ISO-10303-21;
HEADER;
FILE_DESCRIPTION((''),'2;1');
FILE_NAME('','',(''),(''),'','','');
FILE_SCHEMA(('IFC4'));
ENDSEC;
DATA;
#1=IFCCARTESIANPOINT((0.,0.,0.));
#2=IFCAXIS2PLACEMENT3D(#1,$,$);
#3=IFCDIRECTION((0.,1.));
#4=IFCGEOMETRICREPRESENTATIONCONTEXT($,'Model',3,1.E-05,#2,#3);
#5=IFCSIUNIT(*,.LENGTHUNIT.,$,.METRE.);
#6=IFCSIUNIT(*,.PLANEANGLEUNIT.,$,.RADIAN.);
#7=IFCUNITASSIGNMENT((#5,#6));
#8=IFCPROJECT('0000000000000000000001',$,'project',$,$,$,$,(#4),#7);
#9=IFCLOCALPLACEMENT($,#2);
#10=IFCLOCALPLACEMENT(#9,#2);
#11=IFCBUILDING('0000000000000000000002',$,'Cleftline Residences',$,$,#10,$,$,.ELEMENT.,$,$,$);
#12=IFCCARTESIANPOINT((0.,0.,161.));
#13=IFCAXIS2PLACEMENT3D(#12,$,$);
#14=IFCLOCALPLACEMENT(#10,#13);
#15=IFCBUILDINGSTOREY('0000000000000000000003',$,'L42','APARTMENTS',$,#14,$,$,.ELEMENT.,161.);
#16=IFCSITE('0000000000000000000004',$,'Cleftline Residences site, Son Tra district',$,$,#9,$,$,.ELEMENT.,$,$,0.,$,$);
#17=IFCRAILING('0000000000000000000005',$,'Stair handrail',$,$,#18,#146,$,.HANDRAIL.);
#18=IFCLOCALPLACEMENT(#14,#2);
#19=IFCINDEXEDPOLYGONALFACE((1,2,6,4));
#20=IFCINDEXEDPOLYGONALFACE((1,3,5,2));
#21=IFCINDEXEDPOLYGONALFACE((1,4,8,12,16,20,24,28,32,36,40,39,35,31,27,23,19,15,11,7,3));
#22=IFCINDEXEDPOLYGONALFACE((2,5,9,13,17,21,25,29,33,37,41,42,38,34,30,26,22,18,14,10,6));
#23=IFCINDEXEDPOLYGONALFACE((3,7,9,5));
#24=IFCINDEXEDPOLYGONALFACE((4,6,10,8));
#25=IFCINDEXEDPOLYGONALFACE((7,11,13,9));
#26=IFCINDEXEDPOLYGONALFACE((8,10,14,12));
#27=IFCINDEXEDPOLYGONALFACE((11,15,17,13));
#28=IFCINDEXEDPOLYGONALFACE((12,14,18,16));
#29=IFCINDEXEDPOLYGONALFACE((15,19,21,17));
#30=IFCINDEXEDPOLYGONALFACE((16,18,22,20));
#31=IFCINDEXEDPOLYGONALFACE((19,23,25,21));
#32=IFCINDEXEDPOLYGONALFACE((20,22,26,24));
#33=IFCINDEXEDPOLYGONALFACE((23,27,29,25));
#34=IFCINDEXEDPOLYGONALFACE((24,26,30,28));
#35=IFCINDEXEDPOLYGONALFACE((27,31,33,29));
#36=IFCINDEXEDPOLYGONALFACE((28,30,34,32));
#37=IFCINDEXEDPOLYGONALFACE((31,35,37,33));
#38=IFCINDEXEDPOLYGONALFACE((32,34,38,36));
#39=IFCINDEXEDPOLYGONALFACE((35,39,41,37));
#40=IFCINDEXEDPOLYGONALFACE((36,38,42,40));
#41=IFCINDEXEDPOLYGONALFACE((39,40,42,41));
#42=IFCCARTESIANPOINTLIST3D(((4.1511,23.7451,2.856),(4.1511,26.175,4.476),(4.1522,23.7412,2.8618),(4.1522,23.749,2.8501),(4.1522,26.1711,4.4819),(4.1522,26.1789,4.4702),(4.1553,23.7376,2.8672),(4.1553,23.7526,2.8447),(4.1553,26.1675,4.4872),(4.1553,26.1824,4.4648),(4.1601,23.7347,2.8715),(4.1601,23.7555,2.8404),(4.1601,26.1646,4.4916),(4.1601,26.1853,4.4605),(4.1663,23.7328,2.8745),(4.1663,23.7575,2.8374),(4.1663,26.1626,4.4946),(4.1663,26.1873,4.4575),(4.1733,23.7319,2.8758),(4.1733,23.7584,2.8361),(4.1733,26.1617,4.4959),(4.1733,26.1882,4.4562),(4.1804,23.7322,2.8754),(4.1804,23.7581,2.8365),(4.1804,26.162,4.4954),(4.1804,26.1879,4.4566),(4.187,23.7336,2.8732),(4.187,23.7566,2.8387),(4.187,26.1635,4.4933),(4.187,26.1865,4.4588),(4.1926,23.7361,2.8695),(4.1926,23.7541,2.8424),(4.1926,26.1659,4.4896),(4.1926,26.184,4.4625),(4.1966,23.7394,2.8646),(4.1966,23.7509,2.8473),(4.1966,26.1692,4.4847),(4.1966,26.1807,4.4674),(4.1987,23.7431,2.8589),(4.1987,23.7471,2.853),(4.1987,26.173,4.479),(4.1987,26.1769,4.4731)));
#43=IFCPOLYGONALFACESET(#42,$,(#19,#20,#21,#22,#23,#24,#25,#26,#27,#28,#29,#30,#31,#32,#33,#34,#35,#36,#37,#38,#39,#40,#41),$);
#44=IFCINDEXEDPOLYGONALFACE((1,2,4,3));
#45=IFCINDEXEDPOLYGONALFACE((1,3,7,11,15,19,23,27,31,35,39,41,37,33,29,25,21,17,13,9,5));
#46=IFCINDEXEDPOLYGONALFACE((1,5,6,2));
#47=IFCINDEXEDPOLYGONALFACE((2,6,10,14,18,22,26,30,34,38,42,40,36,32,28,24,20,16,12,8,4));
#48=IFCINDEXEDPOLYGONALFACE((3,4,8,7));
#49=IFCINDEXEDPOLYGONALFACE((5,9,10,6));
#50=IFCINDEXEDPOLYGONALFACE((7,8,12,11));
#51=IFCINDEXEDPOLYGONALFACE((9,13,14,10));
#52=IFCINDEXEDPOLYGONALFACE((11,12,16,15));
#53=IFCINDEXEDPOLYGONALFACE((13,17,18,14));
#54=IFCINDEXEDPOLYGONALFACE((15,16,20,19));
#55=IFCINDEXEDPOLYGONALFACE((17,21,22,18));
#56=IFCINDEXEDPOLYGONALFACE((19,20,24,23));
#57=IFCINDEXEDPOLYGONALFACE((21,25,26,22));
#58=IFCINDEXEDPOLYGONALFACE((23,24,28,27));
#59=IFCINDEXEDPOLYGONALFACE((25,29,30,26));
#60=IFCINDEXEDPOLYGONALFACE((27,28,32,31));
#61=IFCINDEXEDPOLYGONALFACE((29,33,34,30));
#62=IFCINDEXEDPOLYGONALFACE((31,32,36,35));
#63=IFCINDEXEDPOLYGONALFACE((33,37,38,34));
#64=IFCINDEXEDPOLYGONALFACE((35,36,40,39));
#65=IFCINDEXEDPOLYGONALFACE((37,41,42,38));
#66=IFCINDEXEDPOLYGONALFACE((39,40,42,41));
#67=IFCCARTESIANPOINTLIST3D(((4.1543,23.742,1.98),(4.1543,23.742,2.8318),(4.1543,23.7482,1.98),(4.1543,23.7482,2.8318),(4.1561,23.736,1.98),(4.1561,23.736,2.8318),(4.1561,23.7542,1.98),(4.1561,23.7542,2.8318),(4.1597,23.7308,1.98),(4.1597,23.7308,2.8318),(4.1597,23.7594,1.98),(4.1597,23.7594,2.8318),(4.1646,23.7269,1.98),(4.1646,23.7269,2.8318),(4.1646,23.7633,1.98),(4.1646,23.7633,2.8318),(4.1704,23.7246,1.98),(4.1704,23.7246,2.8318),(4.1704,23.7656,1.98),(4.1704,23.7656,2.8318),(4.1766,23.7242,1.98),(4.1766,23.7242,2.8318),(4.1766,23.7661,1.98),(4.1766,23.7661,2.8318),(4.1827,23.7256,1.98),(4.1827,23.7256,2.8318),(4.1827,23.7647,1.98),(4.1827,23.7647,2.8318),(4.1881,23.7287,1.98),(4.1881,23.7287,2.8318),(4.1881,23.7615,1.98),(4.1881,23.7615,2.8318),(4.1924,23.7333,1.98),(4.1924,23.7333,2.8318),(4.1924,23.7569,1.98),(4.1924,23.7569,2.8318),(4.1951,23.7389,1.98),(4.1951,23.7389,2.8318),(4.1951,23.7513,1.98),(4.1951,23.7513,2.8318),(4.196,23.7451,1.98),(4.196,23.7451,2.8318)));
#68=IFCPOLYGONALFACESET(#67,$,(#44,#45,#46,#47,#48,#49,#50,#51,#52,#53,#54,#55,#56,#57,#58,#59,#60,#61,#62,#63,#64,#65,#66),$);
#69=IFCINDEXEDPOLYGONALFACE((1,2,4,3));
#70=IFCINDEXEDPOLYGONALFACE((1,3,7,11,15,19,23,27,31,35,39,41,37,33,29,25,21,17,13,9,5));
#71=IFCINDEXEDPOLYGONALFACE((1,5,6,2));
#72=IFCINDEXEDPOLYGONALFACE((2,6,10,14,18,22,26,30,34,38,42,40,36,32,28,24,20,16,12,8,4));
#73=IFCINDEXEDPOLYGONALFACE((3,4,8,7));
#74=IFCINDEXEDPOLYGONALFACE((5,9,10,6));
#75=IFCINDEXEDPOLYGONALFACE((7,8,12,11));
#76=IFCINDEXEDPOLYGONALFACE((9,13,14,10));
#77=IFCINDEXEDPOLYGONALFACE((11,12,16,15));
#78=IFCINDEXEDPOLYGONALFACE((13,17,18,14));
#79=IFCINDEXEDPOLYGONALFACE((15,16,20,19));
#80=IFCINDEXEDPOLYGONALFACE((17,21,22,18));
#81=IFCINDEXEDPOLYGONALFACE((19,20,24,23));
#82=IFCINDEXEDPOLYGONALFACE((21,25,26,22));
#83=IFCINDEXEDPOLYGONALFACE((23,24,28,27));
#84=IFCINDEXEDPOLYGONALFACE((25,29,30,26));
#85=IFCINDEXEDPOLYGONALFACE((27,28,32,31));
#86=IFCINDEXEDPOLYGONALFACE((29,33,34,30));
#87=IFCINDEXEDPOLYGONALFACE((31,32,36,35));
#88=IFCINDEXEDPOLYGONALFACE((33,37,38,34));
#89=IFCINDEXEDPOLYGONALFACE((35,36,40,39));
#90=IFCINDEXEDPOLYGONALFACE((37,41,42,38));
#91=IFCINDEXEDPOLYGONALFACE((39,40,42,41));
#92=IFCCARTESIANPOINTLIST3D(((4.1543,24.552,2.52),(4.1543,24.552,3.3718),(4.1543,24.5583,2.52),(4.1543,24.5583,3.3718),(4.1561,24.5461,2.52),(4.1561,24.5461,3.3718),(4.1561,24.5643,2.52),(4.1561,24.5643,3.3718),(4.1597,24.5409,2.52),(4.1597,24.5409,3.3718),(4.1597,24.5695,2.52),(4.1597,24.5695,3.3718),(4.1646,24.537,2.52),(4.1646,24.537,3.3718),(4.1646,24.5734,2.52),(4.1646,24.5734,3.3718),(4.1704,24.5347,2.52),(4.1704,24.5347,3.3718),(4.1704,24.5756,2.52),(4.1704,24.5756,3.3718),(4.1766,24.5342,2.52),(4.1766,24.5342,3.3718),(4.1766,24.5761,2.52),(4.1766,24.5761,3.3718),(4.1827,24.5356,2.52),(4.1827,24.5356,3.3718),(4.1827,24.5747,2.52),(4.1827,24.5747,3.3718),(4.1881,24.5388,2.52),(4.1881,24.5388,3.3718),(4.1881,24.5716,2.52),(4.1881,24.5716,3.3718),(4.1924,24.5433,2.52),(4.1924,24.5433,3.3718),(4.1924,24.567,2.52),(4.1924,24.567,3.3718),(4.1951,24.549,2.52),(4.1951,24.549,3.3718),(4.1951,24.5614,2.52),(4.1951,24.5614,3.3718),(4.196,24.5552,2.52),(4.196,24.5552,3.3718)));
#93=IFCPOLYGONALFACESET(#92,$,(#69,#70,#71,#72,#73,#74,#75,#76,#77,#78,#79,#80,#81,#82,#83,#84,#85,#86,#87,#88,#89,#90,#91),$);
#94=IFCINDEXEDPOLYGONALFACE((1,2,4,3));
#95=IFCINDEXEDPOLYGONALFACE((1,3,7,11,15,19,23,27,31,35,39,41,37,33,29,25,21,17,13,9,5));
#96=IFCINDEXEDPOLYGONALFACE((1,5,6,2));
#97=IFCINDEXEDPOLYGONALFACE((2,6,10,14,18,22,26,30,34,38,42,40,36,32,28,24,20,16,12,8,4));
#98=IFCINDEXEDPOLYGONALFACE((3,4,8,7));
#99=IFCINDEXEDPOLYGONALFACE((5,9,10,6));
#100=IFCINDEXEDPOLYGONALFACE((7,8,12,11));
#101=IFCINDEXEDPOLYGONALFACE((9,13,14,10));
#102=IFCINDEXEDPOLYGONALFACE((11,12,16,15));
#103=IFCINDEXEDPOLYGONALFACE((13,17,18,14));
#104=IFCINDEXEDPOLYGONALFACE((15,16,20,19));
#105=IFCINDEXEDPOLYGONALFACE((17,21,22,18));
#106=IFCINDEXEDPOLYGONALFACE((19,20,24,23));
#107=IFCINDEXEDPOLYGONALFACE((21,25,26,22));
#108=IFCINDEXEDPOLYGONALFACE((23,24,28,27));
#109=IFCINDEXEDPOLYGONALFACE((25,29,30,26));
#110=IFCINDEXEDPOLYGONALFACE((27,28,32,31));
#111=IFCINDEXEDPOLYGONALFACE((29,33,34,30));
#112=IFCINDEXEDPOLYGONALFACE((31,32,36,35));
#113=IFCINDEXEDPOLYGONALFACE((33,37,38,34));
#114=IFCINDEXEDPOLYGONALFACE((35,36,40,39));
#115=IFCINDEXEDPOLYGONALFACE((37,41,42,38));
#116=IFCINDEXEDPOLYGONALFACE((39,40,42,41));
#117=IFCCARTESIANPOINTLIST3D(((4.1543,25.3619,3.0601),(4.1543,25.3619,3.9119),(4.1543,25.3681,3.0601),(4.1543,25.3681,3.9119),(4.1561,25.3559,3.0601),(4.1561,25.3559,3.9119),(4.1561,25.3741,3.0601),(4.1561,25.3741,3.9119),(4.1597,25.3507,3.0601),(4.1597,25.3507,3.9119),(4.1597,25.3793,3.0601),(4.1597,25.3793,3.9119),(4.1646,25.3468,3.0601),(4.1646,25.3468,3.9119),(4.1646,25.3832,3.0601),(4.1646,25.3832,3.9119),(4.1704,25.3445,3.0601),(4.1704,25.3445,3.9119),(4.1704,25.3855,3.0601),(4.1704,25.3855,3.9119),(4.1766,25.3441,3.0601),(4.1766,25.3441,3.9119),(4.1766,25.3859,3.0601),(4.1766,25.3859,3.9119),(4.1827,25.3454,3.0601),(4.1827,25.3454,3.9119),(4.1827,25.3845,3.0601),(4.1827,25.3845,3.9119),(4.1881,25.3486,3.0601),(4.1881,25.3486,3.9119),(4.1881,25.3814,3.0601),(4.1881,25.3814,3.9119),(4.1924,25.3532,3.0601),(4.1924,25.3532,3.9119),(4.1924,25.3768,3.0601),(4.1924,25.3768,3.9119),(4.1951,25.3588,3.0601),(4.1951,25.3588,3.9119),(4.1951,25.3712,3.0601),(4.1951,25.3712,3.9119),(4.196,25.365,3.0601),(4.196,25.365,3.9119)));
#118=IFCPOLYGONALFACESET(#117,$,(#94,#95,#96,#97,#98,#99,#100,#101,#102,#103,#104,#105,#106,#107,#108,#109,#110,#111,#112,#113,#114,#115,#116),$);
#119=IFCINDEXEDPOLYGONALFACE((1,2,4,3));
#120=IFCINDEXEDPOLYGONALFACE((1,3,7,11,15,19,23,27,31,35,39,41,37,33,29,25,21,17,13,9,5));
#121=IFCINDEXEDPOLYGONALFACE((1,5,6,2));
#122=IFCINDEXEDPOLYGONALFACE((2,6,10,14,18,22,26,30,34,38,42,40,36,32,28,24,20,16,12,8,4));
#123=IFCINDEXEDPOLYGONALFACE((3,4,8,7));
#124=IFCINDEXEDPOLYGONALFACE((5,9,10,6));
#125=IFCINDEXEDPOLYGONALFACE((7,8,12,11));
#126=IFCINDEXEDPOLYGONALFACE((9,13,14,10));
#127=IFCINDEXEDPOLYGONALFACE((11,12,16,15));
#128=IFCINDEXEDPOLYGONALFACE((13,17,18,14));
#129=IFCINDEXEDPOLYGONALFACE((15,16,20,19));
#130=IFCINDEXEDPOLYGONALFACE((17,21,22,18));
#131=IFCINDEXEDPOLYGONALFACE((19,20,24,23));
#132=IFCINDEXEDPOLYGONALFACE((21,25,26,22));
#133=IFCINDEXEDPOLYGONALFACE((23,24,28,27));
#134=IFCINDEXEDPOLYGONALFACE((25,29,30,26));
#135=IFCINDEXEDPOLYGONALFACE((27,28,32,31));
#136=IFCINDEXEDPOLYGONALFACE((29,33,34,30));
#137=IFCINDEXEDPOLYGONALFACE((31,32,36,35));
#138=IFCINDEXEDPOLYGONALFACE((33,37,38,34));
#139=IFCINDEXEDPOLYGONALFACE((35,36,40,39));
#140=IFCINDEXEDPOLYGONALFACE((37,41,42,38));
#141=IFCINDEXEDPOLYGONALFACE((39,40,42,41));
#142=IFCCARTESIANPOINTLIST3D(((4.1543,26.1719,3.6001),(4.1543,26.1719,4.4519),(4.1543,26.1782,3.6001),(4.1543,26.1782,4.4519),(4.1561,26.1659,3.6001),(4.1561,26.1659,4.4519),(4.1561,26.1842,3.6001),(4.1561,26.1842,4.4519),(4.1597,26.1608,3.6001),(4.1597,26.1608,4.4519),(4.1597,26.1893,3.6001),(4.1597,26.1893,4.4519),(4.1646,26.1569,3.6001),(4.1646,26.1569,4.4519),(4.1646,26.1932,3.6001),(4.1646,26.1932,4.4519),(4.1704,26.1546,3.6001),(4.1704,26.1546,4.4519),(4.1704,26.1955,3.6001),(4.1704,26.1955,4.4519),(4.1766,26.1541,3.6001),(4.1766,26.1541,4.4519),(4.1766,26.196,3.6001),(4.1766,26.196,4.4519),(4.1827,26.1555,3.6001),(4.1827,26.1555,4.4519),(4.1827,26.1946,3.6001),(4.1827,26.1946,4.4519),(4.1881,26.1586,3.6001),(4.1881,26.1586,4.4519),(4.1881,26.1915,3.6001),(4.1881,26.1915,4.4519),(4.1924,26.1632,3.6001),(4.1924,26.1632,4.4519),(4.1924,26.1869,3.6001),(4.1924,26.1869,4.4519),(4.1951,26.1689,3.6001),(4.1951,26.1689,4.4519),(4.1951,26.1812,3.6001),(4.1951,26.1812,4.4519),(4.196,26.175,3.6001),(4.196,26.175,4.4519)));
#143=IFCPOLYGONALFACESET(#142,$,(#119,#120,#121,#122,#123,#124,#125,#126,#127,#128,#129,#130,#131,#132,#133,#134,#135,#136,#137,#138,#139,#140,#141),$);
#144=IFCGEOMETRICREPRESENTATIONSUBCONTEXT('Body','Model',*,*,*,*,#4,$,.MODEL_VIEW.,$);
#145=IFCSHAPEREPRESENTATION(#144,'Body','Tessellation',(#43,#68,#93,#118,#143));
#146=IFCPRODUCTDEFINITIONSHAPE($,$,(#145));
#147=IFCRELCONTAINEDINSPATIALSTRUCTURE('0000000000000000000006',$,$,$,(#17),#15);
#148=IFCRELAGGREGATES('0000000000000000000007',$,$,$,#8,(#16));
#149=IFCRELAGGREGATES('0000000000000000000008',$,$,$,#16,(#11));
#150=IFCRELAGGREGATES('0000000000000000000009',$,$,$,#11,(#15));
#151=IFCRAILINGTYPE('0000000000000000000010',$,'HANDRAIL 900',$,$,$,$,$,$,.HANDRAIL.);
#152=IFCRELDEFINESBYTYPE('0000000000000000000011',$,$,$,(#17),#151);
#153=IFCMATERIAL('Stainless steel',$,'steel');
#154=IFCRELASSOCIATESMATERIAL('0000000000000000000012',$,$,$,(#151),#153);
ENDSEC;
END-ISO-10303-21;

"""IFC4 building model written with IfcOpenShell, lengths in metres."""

from ifc_helpers import new_model, si_unit, direction, frame, origin, origin_2d, place, context, subcontext, project, spatial, circle, extrude, material, type_object, element, save


model = new_model("IFC4")

# Units and contexts
model_context = context("Model", 3, precision=1e-05, world=origin(), true_north=direction((0.0, 1.0)))
body_context = subcontext(model_context, "Body", "Model", "MODEL_VIEW")
ifc_project = project(units=[si_unit("LENGTHUNIT", "METRE"), si_unit("PLANEANGLEUNIT", "RADIAN")], contexts=[model_context])

# Site, building, storey
site_placement = place(None, origin())
site = spatial("IfcSite", under=ifc_project, at=site_placement, Name="Cleftline Residences site, Son Tra district", CompositionType="ELEMENT", RefElevation=0.0)
building_placement = place(site_placement, origin())
building = spatial("IfcBuilding", under=site, at=building_placement, Name="Cleftline Residences", CompositionType="ELEMENT")
storey_placement = place(building_placement, frame((0.0, 0.0, 161.0)))
storey = spatial("IfcBuildingStorey", under=building, at=storey_placement, Name="L42", Description="APARTMENTS", CompositionType="ELEMENT", Elevation=161.0)

# Railing
ifc_material_1 = material(Name="Stainless steel", Category="steel")
railing_type = type_object("IfcRailingType", Name="HANDRAIL 900", PredefinedType="HANDRAIL", material=ifc_material_1)
railing_1_placement = place(storey_placement, frame((4.175, 23.7451, 1.98)))
element("IfcRailing", 1, at=railing_1_placement, inside=storey, type_object=railing_type, Name="Stair handrail", PredefinedType="HANDRAIL", context=body_context, shape_type="SweptSolid", body=[
    extrude(circle(Radius=0.0239, at=origin_2d()), frame((0.0, 0.0, 0.876), z_axis=(0.0, 0.832025, 0.554739), x_axis=(-1.0, 0.0, 0.0)), (0.0, 0.0, 1.0), 2.9204),
    extrude(circle(Radius=0.021, at=origin_2d()), origin(), (0.0, 0.0, 1.0), 0.8518),
    extrude(circle(Radius=0.021, at=origin_2d()), frame((0.0, 0.8101, 0.54)), (0.0, 0.0, 1.0), 0.8518),
    extrude(circle(Radius=0.021, at=origin_2d()), frame((0.0, 1.6199, 1.0801)), (0.0, 0.0, 1.0), 0.8518),
    extrude(circle(Radius=0.021, at=origin_2d()), frame((0.0, 2.4299, 1.6201)), (0.0, 0.0, 1.0), 0.8518),
])

save(model, "model.ifc")
